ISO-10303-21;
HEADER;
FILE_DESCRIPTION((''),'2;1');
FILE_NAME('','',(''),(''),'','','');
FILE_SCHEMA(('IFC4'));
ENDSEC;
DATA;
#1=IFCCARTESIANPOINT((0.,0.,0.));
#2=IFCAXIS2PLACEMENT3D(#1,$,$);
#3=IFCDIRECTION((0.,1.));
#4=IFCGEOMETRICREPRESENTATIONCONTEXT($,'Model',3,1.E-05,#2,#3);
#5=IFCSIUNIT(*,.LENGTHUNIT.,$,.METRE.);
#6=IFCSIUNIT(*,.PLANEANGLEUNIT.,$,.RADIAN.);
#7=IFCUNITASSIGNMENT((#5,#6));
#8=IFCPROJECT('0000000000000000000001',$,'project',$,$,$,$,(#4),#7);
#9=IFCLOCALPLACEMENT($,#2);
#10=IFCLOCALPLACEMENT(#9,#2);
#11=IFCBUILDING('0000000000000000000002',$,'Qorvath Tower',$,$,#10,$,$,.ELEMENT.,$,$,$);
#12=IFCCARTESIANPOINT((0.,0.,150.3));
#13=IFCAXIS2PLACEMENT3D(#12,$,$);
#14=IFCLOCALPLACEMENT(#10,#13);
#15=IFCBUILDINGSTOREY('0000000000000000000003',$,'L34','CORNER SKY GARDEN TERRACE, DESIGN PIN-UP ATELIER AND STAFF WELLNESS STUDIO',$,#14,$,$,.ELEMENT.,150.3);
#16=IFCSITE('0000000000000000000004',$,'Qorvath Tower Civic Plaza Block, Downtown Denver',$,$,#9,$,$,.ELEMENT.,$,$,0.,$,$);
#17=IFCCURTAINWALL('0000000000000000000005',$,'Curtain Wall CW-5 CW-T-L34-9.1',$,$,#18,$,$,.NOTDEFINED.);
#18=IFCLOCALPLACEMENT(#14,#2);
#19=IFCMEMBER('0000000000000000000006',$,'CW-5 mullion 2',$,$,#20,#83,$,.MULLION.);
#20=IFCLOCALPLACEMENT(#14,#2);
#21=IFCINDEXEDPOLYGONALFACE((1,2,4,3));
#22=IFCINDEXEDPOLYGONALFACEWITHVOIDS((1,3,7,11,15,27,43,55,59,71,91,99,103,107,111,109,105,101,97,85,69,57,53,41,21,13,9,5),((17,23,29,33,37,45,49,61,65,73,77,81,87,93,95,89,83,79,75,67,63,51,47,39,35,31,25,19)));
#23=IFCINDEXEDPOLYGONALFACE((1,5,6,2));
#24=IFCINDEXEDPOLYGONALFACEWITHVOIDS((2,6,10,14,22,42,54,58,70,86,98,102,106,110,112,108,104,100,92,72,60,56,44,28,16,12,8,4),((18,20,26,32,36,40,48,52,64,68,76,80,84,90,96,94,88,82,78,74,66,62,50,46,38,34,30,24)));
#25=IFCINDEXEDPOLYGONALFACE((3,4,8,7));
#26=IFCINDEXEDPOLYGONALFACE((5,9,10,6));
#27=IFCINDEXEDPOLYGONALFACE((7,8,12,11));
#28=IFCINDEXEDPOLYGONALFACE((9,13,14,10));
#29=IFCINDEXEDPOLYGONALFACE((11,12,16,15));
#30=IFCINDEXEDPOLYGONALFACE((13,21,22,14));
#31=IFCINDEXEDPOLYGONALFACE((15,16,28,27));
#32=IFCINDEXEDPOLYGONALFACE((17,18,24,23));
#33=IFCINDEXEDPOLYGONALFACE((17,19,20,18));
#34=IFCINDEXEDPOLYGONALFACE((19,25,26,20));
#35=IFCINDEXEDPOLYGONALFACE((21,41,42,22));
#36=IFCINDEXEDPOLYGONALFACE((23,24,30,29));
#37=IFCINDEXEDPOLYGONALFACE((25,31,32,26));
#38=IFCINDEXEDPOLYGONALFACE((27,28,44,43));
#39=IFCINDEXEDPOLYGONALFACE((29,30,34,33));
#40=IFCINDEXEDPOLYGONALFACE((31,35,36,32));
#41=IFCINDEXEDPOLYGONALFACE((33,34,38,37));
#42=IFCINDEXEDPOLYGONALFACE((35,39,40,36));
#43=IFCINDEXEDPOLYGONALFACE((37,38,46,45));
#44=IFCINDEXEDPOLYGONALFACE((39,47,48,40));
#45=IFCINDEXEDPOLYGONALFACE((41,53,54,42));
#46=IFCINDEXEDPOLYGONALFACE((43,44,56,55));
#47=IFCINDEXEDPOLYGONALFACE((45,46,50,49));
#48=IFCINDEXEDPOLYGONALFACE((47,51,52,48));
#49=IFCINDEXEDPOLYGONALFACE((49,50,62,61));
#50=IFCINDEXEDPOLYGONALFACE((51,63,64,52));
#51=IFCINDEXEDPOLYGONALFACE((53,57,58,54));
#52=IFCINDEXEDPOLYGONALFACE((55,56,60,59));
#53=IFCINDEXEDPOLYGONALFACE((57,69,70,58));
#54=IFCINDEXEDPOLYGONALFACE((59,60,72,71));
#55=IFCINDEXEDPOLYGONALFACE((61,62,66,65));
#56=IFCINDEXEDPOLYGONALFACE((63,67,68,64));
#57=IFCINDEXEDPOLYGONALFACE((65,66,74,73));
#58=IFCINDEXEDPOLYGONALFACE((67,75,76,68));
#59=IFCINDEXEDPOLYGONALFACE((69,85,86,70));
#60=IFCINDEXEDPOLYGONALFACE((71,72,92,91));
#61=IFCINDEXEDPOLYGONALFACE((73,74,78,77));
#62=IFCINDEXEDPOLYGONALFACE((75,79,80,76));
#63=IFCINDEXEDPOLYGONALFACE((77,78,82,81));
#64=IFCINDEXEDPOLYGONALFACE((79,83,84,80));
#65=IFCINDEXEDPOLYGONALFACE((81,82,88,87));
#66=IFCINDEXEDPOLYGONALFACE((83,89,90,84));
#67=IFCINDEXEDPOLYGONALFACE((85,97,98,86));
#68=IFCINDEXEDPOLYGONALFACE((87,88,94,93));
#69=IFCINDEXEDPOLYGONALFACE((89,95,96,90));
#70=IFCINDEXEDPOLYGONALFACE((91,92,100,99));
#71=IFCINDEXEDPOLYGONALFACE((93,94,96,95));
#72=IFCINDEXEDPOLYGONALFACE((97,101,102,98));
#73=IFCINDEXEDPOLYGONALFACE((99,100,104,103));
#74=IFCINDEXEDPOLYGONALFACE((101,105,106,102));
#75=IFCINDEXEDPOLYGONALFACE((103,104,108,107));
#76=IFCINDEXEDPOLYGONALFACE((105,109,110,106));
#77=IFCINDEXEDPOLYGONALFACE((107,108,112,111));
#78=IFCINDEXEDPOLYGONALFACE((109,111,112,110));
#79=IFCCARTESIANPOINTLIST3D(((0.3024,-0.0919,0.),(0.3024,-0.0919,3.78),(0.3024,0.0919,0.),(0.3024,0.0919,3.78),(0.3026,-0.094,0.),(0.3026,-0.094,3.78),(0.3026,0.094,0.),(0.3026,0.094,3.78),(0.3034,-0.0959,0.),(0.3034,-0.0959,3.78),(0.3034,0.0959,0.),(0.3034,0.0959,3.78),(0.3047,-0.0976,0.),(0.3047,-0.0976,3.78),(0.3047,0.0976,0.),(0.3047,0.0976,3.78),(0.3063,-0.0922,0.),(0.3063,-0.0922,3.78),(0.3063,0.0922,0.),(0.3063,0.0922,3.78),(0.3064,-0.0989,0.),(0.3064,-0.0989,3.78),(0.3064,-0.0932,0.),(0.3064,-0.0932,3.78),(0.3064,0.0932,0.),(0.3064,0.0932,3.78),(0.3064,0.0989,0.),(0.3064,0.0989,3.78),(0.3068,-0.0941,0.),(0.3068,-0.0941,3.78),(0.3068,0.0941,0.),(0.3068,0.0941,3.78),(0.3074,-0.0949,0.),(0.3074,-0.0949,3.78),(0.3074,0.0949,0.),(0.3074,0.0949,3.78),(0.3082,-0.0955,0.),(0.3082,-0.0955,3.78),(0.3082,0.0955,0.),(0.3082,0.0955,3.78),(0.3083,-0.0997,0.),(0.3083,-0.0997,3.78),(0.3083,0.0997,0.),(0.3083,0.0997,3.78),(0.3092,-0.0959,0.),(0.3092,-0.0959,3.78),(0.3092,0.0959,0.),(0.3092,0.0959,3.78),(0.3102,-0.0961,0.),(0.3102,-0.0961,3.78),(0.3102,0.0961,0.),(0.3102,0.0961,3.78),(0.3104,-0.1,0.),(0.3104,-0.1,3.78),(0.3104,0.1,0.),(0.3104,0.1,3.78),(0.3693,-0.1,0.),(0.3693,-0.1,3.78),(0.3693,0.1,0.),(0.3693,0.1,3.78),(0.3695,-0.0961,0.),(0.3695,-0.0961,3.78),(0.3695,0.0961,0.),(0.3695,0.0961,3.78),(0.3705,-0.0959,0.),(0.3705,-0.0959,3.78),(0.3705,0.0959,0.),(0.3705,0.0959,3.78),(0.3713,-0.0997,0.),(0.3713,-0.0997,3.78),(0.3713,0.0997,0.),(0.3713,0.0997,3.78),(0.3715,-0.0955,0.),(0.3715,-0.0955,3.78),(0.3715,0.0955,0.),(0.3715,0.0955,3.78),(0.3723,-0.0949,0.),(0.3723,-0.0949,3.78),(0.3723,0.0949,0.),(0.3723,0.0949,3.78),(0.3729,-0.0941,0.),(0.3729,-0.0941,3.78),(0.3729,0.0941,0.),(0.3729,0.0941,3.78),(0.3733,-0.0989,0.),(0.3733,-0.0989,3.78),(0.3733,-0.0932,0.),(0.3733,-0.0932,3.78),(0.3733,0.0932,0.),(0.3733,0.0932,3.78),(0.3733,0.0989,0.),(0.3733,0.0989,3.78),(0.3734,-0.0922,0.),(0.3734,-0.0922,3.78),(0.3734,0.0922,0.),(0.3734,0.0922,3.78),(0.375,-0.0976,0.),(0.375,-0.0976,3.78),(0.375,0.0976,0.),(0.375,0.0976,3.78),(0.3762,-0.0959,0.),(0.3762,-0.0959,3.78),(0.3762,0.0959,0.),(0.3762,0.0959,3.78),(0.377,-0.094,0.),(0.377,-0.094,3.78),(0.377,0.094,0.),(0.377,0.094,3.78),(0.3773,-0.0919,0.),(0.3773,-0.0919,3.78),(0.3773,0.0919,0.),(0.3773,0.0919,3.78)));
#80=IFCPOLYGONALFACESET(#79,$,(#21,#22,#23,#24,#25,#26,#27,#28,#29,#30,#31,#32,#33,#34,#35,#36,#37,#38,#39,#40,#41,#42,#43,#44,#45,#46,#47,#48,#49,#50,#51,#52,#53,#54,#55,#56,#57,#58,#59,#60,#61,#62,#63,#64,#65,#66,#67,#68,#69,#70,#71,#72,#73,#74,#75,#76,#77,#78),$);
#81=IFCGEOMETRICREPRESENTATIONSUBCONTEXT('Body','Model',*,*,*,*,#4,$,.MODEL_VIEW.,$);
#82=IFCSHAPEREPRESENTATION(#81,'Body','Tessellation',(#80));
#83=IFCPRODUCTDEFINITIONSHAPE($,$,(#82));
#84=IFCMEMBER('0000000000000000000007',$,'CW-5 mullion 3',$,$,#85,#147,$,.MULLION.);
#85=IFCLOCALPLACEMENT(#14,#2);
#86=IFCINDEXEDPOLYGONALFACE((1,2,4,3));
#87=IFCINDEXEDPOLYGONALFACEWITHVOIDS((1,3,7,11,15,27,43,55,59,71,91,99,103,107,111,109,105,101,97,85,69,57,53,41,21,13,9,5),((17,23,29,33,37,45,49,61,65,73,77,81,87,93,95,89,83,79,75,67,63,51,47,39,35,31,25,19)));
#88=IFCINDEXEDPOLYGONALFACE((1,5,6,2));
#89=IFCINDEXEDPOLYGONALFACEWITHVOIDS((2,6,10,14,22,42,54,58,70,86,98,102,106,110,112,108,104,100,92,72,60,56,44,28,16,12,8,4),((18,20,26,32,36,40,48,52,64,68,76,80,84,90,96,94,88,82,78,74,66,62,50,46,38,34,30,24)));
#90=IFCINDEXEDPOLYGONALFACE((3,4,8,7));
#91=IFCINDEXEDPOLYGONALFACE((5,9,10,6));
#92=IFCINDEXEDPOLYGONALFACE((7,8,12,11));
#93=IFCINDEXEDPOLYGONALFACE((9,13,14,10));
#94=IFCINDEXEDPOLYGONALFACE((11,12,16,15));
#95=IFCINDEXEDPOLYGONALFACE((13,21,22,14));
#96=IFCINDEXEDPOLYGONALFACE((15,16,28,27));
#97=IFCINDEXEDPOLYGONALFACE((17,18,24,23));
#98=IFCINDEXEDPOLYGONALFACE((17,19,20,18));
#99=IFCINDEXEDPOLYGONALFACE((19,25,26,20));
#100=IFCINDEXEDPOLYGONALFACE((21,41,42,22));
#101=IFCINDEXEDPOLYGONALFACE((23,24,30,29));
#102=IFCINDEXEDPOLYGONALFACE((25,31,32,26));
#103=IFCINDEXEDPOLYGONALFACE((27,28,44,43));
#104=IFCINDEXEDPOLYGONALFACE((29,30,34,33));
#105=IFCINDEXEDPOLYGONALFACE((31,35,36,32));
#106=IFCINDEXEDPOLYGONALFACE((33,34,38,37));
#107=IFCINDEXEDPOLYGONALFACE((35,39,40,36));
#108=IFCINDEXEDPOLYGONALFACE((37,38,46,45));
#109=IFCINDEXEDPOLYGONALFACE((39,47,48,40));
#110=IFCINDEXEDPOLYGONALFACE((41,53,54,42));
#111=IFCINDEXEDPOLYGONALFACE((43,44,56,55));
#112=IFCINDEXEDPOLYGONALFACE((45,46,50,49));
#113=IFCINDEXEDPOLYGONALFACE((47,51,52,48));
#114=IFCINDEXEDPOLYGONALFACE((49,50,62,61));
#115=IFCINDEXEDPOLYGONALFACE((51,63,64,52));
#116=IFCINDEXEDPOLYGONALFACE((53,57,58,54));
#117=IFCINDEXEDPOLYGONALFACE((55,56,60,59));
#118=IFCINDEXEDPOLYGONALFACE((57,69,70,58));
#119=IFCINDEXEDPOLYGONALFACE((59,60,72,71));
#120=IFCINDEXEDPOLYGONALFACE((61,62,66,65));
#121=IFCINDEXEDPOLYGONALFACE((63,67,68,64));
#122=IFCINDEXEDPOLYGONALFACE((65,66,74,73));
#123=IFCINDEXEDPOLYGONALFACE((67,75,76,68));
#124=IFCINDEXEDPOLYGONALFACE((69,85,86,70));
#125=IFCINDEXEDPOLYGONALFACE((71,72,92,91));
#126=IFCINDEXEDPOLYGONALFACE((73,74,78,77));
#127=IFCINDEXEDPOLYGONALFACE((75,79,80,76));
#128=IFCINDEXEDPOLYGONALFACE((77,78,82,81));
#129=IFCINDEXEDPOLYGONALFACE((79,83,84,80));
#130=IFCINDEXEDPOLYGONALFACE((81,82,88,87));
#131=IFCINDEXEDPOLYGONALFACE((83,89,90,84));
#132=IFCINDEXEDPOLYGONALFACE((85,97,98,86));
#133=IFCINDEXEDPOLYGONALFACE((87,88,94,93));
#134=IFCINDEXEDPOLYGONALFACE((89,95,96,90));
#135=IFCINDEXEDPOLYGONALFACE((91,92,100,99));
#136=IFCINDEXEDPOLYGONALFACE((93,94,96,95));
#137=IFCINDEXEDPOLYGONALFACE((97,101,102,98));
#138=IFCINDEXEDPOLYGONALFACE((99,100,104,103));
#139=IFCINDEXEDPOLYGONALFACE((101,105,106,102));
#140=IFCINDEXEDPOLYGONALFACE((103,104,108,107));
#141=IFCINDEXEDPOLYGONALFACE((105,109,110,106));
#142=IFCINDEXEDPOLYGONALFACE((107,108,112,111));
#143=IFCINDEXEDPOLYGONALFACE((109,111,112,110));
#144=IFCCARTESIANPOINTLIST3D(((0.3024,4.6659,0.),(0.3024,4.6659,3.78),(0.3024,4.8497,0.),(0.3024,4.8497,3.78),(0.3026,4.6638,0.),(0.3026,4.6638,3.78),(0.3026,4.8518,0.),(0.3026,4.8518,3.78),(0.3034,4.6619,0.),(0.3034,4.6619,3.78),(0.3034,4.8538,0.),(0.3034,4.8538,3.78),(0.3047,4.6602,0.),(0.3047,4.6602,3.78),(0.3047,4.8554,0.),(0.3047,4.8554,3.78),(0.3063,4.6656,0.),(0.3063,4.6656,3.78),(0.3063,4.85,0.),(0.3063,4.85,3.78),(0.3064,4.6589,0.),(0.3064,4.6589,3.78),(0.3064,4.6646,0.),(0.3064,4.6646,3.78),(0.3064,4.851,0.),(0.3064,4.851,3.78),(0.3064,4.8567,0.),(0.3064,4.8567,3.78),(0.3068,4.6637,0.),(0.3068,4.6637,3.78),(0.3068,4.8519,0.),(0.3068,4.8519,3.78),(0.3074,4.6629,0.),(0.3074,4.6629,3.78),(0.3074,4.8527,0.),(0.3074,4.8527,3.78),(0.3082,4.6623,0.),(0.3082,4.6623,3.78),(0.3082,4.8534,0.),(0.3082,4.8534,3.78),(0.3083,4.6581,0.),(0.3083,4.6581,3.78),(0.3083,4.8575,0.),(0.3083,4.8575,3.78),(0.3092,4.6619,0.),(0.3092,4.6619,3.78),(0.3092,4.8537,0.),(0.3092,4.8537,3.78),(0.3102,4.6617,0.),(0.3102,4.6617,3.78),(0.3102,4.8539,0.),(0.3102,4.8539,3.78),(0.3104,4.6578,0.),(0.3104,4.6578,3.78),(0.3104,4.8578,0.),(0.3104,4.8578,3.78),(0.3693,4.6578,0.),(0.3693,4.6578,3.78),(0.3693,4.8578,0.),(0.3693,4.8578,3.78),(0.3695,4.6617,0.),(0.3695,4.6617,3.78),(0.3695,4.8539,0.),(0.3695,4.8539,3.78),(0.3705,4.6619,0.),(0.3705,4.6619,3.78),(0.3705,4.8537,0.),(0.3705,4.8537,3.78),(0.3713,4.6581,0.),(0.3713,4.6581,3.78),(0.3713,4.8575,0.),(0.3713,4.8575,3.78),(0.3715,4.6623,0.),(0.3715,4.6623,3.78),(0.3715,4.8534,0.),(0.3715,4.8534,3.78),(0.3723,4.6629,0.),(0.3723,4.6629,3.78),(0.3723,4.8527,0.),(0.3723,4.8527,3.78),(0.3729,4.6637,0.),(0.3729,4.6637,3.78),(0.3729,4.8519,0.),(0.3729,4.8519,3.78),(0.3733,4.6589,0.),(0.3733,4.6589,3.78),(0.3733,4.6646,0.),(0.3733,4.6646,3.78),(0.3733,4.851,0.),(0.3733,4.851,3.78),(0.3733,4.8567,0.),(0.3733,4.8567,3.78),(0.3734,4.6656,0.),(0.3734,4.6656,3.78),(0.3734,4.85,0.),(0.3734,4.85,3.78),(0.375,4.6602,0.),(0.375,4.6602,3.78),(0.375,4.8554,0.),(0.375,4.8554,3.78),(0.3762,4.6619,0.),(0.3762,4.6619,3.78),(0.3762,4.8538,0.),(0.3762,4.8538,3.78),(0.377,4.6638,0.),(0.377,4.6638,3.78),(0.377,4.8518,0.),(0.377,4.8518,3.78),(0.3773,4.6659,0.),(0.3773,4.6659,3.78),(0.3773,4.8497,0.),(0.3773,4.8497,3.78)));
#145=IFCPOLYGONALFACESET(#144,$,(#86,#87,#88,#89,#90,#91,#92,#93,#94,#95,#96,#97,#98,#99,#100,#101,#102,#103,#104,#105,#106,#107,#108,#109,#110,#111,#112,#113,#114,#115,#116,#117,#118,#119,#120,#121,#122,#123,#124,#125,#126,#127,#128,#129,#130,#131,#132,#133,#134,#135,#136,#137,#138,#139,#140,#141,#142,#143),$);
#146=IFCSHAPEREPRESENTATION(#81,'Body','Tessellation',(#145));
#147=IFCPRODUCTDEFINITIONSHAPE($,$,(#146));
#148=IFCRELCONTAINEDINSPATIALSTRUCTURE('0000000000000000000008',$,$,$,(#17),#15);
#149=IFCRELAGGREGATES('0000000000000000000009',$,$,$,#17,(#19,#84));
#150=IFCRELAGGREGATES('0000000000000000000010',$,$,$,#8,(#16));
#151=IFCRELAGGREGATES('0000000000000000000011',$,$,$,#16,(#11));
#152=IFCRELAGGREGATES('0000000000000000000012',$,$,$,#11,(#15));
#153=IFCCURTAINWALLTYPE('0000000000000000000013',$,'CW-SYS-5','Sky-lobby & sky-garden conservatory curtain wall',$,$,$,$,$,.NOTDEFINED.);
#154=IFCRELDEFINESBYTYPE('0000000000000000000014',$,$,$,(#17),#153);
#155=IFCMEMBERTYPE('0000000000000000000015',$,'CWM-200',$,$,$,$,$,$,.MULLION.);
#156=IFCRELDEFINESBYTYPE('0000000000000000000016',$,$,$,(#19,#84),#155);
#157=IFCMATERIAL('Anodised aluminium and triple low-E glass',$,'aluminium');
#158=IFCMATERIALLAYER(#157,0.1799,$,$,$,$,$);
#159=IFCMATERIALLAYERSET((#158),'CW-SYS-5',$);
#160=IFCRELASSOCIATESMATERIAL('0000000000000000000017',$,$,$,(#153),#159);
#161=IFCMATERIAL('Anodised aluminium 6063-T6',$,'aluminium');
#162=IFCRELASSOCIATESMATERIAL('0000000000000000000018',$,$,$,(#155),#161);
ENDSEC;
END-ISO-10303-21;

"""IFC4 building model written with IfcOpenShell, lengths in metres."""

from ifc_helpers import new_model, si_unit, direction, frame, origin, origin_2d, place, context, subcontext, project, spatial, hollow_rectangle, extrude, material, layer, layer_set, material_profile, profile_set, type_object, element, aggregate, save


model = new_model("IFC4")

# Units and contexts
model_context = context("Model", 3, precision=1e-05, world=origin(), true_north=direction((0.0, 1.0)))
body_context = subcontext(model_context, "Body", "Model", "MODEL_VIEW")
ifc_project = project(units=[si_unit("LENGTHUNIT", "METRE"), si_unit("PLANEANGLEUNIT", "RADIAN")], contexts=[model_context])

# Site, building, storey
site_placement = place(None, origin())
site = spatial("IfcSite", under=ifc_project, at=site_placement, Name="Qorvath Tower Civic Plaza Block, Downtown Denver", CompositionType="ELEMENT", RefElevation=0.0)
building_placement = place(site_placement, origin())
building = spatial("IfcBuilding", under=site, at=building_placement, Name="Qorvath Tower", CompositionType="ELEMENT")
storey_placement = place(building_placement, frame((0.0, 0.0, 150.3)))
storey = spatial("IfcBuildingStorey", under=building, at=storey_placement, Name="L34", Description="CORNER SKY GARDEN TERRACE, DESIGN PIN-UP ATELIER AND STAFF WELLNESS STUDIO", CompositionType="ELEMENT", Elevation=150.3)

# Curtain wall, members
ifc_material_1 = material(Name="Anodised aluminium and triple low-E glass", Category="aluminium")
ifc_layer_1 = layer(ifc_material_1, 0.1799)
ifc_layer_set_1 = layer_set([ifc_layer_1], Name="CW-SYS-5")
curtain_wall_type = type_object("IfcCurtainWallType", Name="CW-SYS-5", Description="Sky-lobby & sky-garden conservatory curtain wall", PredefinedType="NOTDEFINED", material=ifc_layer_set_1)
curtain_wall_1_placement = place(storey_placement, origin())
curtain_wall_1 = element("IfcCurtainWall", 1, at=curtain_wall_1_placement, inside=storey, type_object=curtain_wall_type, Name="Curtain Wall CW-5 CW-T-L34-9.1", PredefinedType="NOTDEFINED")
ifc_material_2 = material(Name="Anodised aluminium 6063-T6", Category="aluminium")
ifc_material_profile_1 = material_profile(ifc_material_2, hollow_rectangle(XDim=0.075, YDim=0.2, WallThickness=0.0039, InnerFilletRadius=0.0039, OuterFilletRadius=0.0081, at=origin_2d()), Name="CWM 200x75")
ifc_profile_set_1 = profile_set([ifc_material_profile_1], Name="Anodised aluminium 6063-T6")
member_type_1 = type_object("IfcMemberType", Name="CWM-200", PredefinedType="MULLION", material=ifc_profile_set_1)
member_1_placement = place(storey_placement, frame((0.3398, 0.0, 0.0), z_axis=(0.0, 0.0, 1.0), x_axis=(-1.0, 0.0, 0.0)))
member_1 = element("IfcMember", 2, at=member_1_placement, type_object=member_type_1, Name="CW-5 mullion 2", PredefinedType="MULLION", context=body_context, shape_type="SweptSolid", body=[
    extrude(hollow_rectangle(XDim=0.075, YDim=0.2, WallThickness=0.0039, InnerFilletRadius=0.0039, OuterFilletRadius=0.0081, at=origin_2d()), origin(), (0.0, 0.0, 1.0), 3.78),
])
member_2_placement = place(storey_placement, frame((0.3398, 4.7578, 0.0), z_axis=(0.0, 0.0, 1.0), x_axis=(-1.0, 0.0, 0.0)))
member_2 = element("IfcMember", 3, at=member_2_placement, type_object=member_type_1, Name="CW-5 mullion 3", PredefinedType="MULLION", context=body_context, shape_type="SweptSolid", body=[
    extrude(hollow_rectangle(XDim=0.075, YDim=0.2, WallThickness=0.0039, InnerFilletRadius=0.0039, OuterFilletRadius=0.0081, at=origin_2d()), origin(), (0.0, 0.0, 1.0), 3.78),
])

aggregate(curtain_wall_1, [member_1, member_2])

save(model, "model.ifc")
